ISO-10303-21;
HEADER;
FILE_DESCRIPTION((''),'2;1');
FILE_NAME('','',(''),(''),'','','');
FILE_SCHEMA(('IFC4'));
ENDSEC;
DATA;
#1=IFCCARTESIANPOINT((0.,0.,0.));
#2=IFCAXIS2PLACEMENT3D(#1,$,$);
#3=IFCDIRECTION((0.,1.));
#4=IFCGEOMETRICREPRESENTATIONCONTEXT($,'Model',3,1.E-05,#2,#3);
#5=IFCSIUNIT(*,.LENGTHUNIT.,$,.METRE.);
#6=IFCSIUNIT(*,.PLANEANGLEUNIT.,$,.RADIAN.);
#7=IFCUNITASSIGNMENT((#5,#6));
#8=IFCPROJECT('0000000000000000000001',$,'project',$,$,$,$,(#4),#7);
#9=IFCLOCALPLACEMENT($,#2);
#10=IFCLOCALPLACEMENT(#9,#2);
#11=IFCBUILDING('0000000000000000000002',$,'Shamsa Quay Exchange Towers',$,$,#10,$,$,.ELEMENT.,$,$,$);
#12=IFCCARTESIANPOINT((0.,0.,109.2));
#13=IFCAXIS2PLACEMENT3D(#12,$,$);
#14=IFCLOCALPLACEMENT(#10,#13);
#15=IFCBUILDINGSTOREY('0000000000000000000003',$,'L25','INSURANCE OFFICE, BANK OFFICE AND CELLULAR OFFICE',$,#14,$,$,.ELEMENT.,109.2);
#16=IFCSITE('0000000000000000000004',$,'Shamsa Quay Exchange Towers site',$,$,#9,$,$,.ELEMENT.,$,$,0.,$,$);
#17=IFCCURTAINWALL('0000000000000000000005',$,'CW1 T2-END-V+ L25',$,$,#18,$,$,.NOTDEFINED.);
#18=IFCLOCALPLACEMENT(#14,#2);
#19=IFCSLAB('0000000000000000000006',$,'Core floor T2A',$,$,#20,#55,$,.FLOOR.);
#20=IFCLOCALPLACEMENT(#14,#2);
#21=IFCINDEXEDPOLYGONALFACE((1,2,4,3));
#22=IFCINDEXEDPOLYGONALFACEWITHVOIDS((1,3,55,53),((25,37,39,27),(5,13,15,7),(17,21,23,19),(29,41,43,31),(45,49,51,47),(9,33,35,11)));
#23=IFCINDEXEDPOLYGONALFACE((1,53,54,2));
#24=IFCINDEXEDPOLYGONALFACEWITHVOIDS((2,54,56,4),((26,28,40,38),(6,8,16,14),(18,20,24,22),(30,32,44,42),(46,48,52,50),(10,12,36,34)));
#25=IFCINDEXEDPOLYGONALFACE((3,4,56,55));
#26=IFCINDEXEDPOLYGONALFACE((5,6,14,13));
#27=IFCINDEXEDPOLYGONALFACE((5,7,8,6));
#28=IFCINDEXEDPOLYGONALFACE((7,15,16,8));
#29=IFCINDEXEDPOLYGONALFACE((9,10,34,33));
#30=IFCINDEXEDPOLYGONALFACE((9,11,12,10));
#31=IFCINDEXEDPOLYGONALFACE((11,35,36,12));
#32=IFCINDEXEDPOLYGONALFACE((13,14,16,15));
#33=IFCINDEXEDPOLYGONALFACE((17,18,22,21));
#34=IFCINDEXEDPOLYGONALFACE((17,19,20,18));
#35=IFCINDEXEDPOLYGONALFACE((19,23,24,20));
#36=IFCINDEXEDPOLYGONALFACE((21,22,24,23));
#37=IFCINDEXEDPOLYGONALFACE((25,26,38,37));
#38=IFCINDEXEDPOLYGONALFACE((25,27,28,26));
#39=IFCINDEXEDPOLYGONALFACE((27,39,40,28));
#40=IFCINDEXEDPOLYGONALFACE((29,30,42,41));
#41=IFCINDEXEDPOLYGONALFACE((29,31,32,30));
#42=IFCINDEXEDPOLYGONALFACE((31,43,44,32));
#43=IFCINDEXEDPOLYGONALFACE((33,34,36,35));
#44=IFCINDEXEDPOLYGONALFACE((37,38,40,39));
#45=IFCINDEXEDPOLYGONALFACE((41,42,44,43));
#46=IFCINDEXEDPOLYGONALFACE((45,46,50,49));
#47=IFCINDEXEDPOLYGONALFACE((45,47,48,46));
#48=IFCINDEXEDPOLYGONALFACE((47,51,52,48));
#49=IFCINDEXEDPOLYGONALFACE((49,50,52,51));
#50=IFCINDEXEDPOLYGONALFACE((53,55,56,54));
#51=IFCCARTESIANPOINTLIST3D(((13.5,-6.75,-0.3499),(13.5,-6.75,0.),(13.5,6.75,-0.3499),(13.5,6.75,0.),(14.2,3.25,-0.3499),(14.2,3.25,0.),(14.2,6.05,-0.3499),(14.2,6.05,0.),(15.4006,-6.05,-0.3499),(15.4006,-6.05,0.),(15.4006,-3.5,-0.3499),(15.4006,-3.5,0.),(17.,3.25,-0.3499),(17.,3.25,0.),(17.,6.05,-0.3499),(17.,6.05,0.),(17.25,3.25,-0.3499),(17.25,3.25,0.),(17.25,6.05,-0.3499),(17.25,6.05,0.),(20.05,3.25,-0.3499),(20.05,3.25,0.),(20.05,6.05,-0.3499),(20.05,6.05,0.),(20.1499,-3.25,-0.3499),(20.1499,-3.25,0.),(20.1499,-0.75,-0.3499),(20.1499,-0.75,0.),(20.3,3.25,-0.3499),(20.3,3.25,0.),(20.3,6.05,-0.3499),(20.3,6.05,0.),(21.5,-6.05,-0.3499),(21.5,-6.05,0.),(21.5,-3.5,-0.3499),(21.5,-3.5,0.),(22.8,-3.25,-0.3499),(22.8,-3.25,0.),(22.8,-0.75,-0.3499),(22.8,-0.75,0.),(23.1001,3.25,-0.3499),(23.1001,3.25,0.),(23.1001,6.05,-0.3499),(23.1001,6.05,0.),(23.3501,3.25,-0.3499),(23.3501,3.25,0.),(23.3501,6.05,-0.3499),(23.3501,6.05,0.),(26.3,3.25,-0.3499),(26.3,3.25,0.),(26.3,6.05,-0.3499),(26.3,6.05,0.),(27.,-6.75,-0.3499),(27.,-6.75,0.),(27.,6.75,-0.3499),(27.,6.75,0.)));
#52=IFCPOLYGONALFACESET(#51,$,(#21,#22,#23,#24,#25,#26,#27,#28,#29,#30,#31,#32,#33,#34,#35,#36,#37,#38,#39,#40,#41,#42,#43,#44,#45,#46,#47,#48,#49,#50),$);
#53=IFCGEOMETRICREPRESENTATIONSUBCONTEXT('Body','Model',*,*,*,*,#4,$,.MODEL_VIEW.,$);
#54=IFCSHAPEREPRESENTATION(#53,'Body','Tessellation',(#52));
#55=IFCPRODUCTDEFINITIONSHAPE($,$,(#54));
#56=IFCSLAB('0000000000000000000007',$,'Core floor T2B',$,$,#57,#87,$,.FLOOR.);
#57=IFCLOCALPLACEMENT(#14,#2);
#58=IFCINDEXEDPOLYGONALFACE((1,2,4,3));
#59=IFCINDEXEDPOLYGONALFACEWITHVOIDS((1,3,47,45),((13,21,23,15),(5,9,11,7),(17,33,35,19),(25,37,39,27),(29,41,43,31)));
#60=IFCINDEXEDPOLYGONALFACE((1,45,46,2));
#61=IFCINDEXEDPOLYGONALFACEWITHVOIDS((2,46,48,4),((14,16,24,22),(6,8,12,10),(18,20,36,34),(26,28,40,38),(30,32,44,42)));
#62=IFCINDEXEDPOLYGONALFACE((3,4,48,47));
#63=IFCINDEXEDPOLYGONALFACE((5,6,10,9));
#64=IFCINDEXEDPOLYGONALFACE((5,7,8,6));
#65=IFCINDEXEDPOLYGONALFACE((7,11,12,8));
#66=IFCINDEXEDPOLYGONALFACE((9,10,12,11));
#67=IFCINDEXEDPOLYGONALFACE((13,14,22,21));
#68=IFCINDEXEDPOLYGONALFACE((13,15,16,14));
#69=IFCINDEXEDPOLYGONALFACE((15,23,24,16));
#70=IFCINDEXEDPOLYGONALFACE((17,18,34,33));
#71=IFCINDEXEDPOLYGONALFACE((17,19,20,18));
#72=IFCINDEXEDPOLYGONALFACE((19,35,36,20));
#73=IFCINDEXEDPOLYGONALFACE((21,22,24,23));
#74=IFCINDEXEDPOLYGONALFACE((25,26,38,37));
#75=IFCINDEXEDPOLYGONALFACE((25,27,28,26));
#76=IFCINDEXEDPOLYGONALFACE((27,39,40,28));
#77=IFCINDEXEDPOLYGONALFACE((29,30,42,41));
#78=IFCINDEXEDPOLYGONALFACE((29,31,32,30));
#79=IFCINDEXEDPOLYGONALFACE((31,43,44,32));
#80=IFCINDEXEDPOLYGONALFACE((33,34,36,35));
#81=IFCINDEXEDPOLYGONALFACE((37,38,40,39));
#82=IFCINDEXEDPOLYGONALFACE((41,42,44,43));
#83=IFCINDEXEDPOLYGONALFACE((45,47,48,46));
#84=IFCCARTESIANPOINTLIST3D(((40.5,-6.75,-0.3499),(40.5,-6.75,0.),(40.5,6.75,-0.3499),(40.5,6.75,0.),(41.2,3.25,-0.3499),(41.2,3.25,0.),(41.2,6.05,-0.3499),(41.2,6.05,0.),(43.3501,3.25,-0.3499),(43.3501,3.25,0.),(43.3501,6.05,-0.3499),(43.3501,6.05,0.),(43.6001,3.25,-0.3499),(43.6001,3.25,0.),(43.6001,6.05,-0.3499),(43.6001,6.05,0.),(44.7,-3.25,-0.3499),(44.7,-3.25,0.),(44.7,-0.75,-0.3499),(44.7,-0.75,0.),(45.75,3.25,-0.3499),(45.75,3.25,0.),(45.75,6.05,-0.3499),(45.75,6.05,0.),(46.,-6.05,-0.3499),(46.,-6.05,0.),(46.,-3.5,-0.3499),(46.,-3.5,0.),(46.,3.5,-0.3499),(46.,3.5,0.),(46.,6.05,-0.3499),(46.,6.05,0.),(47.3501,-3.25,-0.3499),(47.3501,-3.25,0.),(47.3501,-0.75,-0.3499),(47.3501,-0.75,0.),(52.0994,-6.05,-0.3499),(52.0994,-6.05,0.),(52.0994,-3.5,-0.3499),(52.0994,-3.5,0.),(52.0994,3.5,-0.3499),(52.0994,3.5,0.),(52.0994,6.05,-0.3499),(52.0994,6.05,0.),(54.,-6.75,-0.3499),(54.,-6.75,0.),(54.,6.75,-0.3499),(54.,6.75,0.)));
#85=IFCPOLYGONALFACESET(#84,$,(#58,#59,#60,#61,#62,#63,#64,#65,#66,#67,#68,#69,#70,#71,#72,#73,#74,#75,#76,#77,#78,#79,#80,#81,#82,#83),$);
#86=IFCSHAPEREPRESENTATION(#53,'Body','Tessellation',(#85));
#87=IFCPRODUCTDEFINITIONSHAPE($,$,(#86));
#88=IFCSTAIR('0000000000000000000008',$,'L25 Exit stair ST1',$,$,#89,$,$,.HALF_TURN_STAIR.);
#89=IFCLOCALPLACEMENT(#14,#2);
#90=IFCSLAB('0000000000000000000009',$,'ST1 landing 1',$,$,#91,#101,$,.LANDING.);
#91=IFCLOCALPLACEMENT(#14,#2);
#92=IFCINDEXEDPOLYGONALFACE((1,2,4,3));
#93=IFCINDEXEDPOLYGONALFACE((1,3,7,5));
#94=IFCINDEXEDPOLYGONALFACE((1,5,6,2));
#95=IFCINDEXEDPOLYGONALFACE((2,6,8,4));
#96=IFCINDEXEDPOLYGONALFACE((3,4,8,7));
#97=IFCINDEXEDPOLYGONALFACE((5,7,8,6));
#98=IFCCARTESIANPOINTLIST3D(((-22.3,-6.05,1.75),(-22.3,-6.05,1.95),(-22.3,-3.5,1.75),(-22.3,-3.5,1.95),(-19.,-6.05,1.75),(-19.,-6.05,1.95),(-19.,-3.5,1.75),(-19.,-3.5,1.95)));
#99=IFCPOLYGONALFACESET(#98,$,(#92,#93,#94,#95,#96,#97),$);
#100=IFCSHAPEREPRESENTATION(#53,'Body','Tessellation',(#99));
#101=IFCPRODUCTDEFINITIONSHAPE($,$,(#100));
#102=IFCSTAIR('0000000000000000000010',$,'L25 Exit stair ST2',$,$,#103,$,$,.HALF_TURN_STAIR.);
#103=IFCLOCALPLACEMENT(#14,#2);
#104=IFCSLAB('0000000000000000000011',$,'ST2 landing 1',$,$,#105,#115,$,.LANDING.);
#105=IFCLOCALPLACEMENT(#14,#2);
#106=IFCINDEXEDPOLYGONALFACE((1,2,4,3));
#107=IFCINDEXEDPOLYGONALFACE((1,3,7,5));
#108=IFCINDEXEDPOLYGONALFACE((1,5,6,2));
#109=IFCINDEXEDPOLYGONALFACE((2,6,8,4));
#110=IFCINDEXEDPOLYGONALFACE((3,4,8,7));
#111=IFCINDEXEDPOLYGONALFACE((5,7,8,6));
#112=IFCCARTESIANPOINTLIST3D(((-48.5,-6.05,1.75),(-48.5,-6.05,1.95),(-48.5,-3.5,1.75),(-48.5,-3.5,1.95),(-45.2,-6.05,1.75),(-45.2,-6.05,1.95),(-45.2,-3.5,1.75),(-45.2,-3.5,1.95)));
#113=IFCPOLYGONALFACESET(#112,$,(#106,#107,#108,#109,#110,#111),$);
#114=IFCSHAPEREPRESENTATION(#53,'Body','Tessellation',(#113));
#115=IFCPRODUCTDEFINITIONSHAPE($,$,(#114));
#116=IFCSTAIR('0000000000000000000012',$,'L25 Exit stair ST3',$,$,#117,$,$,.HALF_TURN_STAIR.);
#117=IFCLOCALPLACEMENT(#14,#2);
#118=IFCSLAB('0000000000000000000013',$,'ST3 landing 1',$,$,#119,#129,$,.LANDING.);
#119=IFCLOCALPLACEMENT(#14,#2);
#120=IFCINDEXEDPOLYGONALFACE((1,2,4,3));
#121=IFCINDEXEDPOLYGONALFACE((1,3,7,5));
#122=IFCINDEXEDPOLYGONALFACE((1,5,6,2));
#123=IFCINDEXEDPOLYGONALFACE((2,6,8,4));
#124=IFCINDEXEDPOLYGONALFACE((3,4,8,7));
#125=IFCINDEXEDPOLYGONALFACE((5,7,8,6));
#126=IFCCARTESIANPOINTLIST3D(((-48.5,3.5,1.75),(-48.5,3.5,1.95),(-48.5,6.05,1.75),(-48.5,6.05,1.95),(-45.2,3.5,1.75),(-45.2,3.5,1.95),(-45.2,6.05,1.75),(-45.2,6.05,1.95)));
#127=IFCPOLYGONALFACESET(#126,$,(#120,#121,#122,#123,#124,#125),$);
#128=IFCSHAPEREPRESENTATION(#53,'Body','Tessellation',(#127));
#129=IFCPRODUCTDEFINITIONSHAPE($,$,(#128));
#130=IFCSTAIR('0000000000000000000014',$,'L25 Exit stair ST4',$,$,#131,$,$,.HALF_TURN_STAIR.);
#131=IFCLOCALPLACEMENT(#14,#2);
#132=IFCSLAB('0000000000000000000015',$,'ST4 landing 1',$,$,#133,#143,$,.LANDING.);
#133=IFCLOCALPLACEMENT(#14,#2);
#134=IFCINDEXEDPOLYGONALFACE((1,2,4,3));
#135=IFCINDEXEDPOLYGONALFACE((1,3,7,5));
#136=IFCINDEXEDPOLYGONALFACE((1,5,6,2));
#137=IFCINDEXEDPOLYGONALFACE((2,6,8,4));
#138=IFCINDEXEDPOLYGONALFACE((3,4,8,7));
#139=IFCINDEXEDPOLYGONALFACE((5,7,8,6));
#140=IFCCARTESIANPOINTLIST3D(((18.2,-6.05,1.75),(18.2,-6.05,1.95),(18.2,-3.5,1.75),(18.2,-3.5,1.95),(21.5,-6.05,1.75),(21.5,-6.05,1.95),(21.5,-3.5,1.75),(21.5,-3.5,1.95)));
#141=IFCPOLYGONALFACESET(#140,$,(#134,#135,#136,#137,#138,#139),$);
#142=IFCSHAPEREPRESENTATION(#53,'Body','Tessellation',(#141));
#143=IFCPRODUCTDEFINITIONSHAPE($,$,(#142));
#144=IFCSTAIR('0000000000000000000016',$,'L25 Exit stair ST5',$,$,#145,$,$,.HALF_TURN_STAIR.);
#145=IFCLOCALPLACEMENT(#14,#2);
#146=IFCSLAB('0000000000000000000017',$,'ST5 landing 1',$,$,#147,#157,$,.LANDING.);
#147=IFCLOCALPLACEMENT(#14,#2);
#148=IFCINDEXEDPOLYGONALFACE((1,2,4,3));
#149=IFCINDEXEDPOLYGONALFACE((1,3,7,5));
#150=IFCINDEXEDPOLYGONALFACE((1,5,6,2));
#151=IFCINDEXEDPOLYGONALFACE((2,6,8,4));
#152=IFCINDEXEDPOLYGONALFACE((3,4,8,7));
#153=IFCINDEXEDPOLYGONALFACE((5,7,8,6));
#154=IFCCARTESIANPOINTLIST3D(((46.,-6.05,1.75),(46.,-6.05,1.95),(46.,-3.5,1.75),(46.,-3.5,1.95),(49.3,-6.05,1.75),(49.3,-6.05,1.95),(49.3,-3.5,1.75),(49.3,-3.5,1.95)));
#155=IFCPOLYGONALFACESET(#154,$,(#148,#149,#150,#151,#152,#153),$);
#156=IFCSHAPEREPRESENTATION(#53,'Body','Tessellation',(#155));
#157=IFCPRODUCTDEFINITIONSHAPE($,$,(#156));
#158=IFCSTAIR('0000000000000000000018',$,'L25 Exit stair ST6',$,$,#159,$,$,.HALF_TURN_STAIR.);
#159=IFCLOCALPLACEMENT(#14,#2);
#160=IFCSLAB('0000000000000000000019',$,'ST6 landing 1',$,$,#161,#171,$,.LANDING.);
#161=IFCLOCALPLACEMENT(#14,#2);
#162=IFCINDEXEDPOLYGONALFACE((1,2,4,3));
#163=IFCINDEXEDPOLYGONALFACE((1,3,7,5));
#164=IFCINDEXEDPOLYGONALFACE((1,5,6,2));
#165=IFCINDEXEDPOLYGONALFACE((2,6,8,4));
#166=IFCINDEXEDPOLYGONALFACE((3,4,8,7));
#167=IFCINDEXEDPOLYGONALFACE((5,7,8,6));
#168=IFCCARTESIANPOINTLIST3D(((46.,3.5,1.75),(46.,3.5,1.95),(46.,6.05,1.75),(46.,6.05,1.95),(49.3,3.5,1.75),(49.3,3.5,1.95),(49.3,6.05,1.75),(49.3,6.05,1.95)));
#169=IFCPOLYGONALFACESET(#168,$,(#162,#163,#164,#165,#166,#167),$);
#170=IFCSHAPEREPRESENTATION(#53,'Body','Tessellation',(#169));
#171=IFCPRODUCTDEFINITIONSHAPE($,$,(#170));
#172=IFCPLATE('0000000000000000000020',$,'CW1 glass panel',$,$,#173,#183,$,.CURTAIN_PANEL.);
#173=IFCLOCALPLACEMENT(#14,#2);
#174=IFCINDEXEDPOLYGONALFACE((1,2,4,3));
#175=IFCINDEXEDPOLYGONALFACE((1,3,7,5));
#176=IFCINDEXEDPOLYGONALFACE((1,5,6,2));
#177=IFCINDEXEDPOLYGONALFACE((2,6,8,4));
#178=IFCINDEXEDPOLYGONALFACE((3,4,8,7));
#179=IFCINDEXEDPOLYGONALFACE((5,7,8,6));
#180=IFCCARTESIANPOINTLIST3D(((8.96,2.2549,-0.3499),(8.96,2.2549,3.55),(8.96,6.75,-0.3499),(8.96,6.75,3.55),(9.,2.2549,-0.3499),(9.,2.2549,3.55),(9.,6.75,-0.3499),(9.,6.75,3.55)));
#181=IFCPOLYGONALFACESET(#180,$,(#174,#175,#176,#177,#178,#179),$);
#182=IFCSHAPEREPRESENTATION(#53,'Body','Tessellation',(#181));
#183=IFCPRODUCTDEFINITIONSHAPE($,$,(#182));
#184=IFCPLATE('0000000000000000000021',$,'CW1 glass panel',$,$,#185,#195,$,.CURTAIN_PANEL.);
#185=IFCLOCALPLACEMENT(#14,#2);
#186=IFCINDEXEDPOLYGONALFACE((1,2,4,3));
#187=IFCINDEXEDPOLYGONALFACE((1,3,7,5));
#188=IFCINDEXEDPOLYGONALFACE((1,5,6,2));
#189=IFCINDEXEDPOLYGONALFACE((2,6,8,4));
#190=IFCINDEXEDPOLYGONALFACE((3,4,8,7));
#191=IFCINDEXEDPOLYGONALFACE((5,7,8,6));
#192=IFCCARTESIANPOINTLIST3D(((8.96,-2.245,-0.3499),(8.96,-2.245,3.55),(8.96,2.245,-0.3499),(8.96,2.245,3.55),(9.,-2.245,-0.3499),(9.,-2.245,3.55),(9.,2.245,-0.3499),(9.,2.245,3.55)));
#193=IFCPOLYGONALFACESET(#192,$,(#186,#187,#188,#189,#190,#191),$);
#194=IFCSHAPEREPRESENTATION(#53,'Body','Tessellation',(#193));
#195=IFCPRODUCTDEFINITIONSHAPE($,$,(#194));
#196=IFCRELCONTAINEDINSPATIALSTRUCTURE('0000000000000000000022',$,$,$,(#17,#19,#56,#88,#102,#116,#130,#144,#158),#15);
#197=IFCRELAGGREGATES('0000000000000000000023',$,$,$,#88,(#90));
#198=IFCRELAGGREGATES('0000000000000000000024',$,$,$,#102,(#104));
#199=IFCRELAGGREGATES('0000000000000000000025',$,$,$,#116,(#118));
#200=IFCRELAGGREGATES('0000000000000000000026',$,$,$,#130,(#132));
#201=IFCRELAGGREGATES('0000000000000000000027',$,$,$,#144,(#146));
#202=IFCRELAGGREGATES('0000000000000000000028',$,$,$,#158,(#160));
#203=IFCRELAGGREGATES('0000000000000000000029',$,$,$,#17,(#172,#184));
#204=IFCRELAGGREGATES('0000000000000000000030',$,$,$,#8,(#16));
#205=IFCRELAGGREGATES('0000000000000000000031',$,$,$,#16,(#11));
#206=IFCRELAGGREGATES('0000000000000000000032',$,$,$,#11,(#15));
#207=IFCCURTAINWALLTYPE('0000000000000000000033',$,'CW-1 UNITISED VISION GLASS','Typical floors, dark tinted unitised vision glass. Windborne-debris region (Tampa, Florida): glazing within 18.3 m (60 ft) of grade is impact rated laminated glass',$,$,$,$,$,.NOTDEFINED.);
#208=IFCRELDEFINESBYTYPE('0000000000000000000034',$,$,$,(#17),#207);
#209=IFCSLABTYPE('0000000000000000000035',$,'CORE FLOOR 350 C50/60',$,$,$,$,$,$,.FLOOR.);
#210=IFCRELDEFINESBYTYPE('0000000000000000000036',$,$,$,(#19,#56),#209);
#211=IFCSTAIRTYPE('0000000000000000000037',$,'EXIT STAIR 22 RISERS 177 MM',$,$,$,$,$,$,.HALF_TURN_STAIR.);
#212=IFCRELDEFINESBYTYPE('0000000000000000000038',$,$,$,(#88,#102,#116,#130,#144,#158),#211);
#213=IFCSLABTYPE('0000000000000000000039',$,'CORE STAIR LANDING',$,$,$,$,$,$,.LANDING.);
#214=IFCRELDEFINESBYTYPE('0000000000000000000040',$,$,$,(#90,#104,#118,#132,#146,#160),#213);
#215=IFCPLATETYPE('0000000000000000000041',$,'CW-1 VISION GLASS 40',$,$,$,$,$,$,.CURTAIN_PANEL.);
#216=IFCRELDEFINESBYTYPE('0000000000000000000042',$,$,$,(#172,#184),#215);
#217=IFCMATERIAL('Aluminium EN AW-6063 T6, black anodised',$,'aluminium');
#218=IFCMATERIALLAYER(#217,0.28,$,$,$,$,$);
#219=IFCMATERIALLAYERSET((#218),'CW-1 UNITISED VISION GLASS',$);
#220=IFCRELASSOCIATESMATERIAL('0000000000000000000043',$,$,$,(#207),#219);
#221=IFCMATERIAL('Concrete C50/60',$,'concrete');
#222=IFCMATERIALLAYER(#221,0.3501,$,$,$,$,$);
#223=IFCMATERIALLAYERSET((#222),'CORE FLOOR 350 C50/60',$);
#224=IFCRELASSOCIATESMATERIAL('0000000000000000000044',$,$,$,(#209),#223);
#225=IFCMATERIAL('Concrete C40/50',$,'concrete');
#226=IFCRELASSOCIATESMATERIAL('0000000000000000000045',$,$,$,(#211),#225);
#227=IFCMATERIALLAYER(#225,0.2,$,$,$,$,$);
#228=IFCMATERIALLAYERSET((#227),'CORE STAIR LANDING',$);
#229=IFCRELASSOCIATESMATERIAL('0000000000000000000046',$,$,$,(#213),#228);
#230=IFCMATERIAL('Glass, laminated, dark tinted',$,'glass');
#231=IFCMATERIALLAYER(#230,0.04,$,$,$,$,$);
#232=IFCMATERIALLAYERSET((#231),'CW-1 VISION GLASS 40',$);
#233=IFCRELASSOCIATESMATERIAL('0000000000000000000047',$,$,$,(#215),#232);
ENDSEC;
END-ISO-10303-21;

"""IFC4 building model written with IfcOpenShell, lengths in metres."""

from ifc_helpers import new_model, si_unit, direction, frame, origin, origin_2d, place, context, subcontext, project, spatial, polyline, rectangle, outline, extrude, material, layer, layer_set, type_object, element, aggregate, save


model = new_model("IFC4")

# Units and contexts
model_context = context("Model", 3, precision=1e-05, world=origin(), true_north=direction((0.0, 1.0)))
body_context = subcontext(model_context, "Body", "Model", "MODEL_VIEW")
ifc_project = project(units=[si_unit("LENGTHUNIT", "METRE"), si_unit("PLANEANGLEUNIT", "RADIAN")], contexts=[model_context])

# Site, building, storey
site_placement = place(None, origin())
site = spatial("IfcSite", under=ifc_project, at=site_placement, Name="Shamsa Quay Exchange Towers site", CompositionType="ELEMENT", RefElevation=0.0)
building_placement = place(site_placement, origin())
building = spatial("IfcBuilding", under=site, at=building_placement, Name="Shamsa Quay Exchange Towers", CompositionType="ELEMENT")
storey_placement = place(building_placement, frame((0.0, 0.0, 109.2)))
storey = spatial("IfcBuildingStorey", under=building, at=storey_placement, Name="L25", Description="INSURANCE OFFICE, BANK OFFICE AND CELLULAR OFFICE", CompositionType="ELEMENT", Elevation=109.2)

# Curtain wall
ifc_material_1 = material(Name="Aluminium EN AW-6063 T6, black anodised", Category="aluminium")
ifc_layer_1 = layer(ifc_material_1, 0.28)
ifc_layer_set_1 = layer_set([ifc_layer_1], Name="CW-1 UNITISED VISION GLASS")
curtain_wall_type = type_object("IfcCurtainWallType", Name="CW-1 UNITISED VISION GLASS", Description="Typical floors, dark tinted unitised vision glass. Windborne-debris region (Tampa, Florida): glazing within 18.3 m (60 ft) of grade is impact rated laminated glass", PredefinedType="NOTDEFINED", material=ifc_layer_set_1)
curtain_wall_placement = place(storey_placement, origin())
curtain_wall = element("IfcCurtainWall", 1, at=curtain_wall_placement, inside=storey, type_object=curtain_wall_type, Name="CW1 T2-END-V+ L25", PredefinedType="NOTDEFINED")

# Slabs
ifc_material_2 = material(Name="Concrete C50/60", Category="concrete")
ifc_layer_2 = layer(ifc_material_2, 0.3501)
ifc_layer_set_2 = layer_set([ifc_layer_2], Name="CORE FLOOR 350 C50/60")
slab_type_1 = type_object("IfcSlabType", Name="CORE FLOOR 350 C50/60", PredefinedType="FLOOR", material=ifc_layer_set_2)
slab_1_placement = place(storey_placement, frame((0.0, 0.0, -0.3499)))
element("IfcSlab", 2, at=slab_1_placement, inside=storey, type_object=slab_type_1, Name="Core floor T2A", PredefinedType="FLOOR", context=body_context, shape_type="SweptSolid", body=[
    extrude(outline(polyline([(13.5, -6.75), (27.0, -6.75), (27.0, 6.75), (13.5, 6.75), (13.5, -6.75)]), holes=[polyline([(15.4006, -6.05), (15.4006, -3.5), (21.5, -3.5), (21.5, -6.05), (15.4006, -6.05)]), polyline([(14.2, 3.25), (14.2, 6.05), (17.0, 6.05), (17.0, 3.25), (14.2, 3.25)]), polyline([(17.25, 3.25), (17.25, 6.05), (20.05, 6.05), (20.05, 3.25), (17.25, 3.25)]), polyline([(20.3, 3.25), (20.3, 6.05), (23.1001, 6.05), (23.1001, 3.25), (20.3, 3.25)]), polyline([(23.3501, 3.25), (23.3501, 6.05), (26.3, 6.05), (26.3, 3.25), (23.3501, 3.25)]), polyline([(20.1499, -3.25), (20.1499, -0.75), (22.8, -0.75), (22.8, -3.25), (20.1499, -3.25)])]), origin(), (0.0, 0.0, 1.0), 0.3499),
])
slab_2_placement = place(storey_placement, frame((0.0, 0.0, -0.3499)))
element("IfcSlab", 3, at=slab_2_placement, inside=storey, type_object=slab_type_1, Name="Core floor T2B", PredefinedType="FLOOR", context=body_context, shape_type="SweptSolid", body=[
    extrude(outline(polyline([(54.0, -6.75), (54.0, 6.75), (40.5, 6.75), (40.5, -6.75), (54.0, -6.75)]), holes=[polyline([(52.0994, -3.5), (52.0994, -6.05), (46.0, -6.05), (46.0, -3.5), (52.0994, -3.5)]), polyline([(52.0994, 6.05), (52.0994, 3.5), (46.0, 3.5), (46.0, 6.05), (52.0994, 6.05)]), polyline([(45.75, 3.25), (43.6001, 3.25), (43.6001, 6.05), (45.75, 6.05), (45.75, 3.25)]), polyline([(43.3501, 3.25), (41.2, 3.25), (41.2, 6.05), (43.3501, 6.05), (43.3501, 3.25)]), polyline([(47.3501, -3.25), (44.7, -3.25), (44.7, -0.75), (47.3501, -0.75), (47.3501, -3.25)])]), origin(), (0.0, 0.0, 1.0), 0.3499),
])

# Stairs, slabs
ifc_material_3 = material(Name="Concrete C40/50", Category="concrete")
stair_type = type_object("IfcStairType", Name="EXIT STAIR 22 RISERS 177 MM", PredefinedType="HALF_TURN_STAIR", material=ifc_material_3)
stair_1_placement = place(storey_placement, origin())
stair_1 = element("IfcStair", 4, at=stair_1_placement, inside=storey, type_object=stair_type, Name="L25 Exit stair ST1", PredefinedType="HALF_TURN_STAIR")
ifc_layer_3 = layer(ifc_material_3, 0.2)
ifc_layer_set_3 = layer_set([ifc_layer_3], Name="CORE STAIR LANDING")
slab_type_2 = type_object("IfcSlabType", Name="CORE STAIR LANDING", PredefinedType="LANDING", material=ifc_layer_set_3)
slab_3_placement = place(storey_placement, frame((0.0, 0.0, 1.75)))
slab_3 = element("IfcSlab", 5, at=slab_3_placement, type_object=slab_type_2, Name="ST1 landing 1", PredefinedType="LANDING", context=body_context, shape_type="SweptSolid", body=[
    extrude(outline(polyline([(-22.3, -6.05), (-19.0, -6.05), (-19.0, -3.5), (-22.3, -3.5), (-22.3, -6.05)])), origin(), (0.0, 0.0, 1.0), 0.2),
])
aggregate(stair_1, [slab_3])
stair_2_placement = place(storey_placement, origin())
stair_2 = element("IfcStair", 6, at=stair_2_placement, inside=storey, type_object=stair_type, Name="L25 Exit stair ST2", PredefinedType="HALF_TURN_STAIR")
slab_4_placement = place(storey_placement, frame((0.0, 0.0, 1.75)))
slab_4 = element("IfcSlab", 7, at=slab_4_placement, type_object=slab_type_2, Name="ST2 landing 1", PredefinedType="LANDING", context=body_context, shape_type="SweptSolid", body=[
    extrude(outline(polyline([(-45.2, -3.5), (-48.5, -3.5), (-48.5, -6.05), (-45.2, -6.05), (-45.2, -3.5)])), origin(), (0.0, 0.0, 1.0), 0.2),
])
aggregate(stair_2, [slab_4])
stair_3_placement = place(storey_placement, origin())
stair_3 = element("IfcStair", 8, at=stair_3_placement, inside=storey, type_object=stair_type, Name="L25 Exit stair ST3", PredefinedType="HALF_TURN_STAIR")
slab_5_placement = place(storey_placement, frame((0.0, 0.0, 1.75)))
slab_5 = element("IfcSlab", 9, at=slab_5_placement, type_object=slab_type_2, Name="ST3 landing 1", PredefinedType="LANDING", context=body_context, shape_type="SweptSolid", body=[
    extrude(outline(polyline([(-45.2, 6.05), (-48.5, 6.05), (-48.5, 3.5), (-45.2, 3.5), (-45.2, 6.05)])), origin(), (0.0, 0.0, 1.0), 0.2),
])
aggregate(stair_3, [slab_5])
stair_4_placement = place(storey_placement, origin())
stair_4 = element("IfcStair", 10, at=stair_4_placement, inside=storey, type_object=stair_type, Name="L25 Exit stair ST4", PredefinedType="HALF_TURN_STAIR")
slab_6_placement = place(storey_placement, frame((0.0, 0.0, 1.75)))
slab_6 = element("IfcSlab", 11, at=slab_6_placement, type_object=slab_type_2, Name="ST4 landing 1", PredefinedType="LANDING", context=body_context, shape_type="SweptSolid", body=[
    extrude(outline(polyline([(18.2, -6.05), (21.5, -6.05), (21.5, -3.5), (18.2, -3.5), (18.2, -6.05)])), origin(), (0.0, 0.0, 1.0), 0.2),
])
aggregate(stair_4, [slab_6])
stair_5_placement = place(storey_placement, origin())
stair_5 = element("IfcStair", 12, at=stair_5_placement, inside=storey, type_object=stair_type, Name="L25 Exit stair ST5", PredefinedType="HALF_TURN_STAIR")
slab_7_placement = place(storey_placement, frame((0.0, 0.0, 1.75)))
slab_7 = element("IfcSlab", 13, at=slab_7_placement, type_object=slab_type_2, Name="ST5 landing 1", PredefinedType="LANDING", context=body_context, shape_type="SweptSolid", body=[
    extrude(outline(polyline([(49.3, -3.5), (46.0, -3.5), (46.0, -6.05), (49.3, -6.05), (49.3, -3.5)])), origin(), (0.0, 0.0, 1.0), 0.2),
])
aggregate(stair_5, [slab_7])
stair_6_placement = place(storey_placement, origin())
stair_6 = element("IfcStair", 14, at=stair_6_placement, inside=storey, type_object=stair_type, Name="L25 Exit stair ST6", PredefinedType="HALF_TURN_STAIR")
slab_8_placement = place(storey_placement, frame((0.0, 0.0, 1.75)))
slab_8 = element("IfcSlab", 15, at=slab_8_placement, type_object=slab_type_2, Name="ST6 landing 1", PredefinedType="LANDING", context=body_context, shape_type="SweptSolid", body=[
    extrude(outline(polyline([(49.3, 6.05), (46.0, 6.05), (46.0, 3.5), (49.3, 3.5), (49.3, 6.05)])), origin(), (0.0, 0.0, 1.0), 0.2),
])
aggregate(stair_6, [slab_8])

# Plates
ifc_material_4 = material(Name="Glass, laminated, dark tinted", Category="glass")
ifc_layer_4 = layer(ifc_material_4, 0.04)
ifc_layer_set_4 = layer_set([ifc_layer_4], Name="CW-1 VISION GLASS 40")
plate_type = type_object("IfcPlateType", Name="CW-1 VISION GLASS 40", PredefinedType="CURTAIN_PANEL", material=ifc_layer_set_4)
plate_1_placement = place(storey_placement, frame((8.98, 4.5024, -0.3499), z_axis=(0.0, 0.0, 1.0), x_axis=(0.0, -1.0, 0.0)))
plate_1 = element("IfcPlate", 16, at=plate_1_placement, type_object=plate_type, Name="CW1 glass panel", PredefinedType="CURTAIN_PANEL", context=body_context, shape_type="SweptSolid", body=[
    extrude(rectangle(XDim=4.4951, YDim=0.04, at=origin_2d()), origin(), (0.0, 0.0, 1.0), 3.8999),
])
plate_2_placement = place(storey_placement, frame((8.98, 0.0, -0.3499), z_axis=(0.0, 0.0, 1.0), x_axis=(0.0, -1.0, 0.0)))
plate_2 = element("IfcPlate", 17, at=plate_2_placement, type_object=plate_type, Name="CW1 glass panel", PredefinedType="CURTAIN_PANEL", context=body_context, shape_type="SweptSolid", body=[
    extrude(rectangle(XDim=4.49, YDim=0.04, at=origin_2d()), origin(), (0.0, 0.0, 1.0), 3.8999),
])
aggregate(curtain_wall, [plate_1, plate_2])

save(model, "model.ifc")
